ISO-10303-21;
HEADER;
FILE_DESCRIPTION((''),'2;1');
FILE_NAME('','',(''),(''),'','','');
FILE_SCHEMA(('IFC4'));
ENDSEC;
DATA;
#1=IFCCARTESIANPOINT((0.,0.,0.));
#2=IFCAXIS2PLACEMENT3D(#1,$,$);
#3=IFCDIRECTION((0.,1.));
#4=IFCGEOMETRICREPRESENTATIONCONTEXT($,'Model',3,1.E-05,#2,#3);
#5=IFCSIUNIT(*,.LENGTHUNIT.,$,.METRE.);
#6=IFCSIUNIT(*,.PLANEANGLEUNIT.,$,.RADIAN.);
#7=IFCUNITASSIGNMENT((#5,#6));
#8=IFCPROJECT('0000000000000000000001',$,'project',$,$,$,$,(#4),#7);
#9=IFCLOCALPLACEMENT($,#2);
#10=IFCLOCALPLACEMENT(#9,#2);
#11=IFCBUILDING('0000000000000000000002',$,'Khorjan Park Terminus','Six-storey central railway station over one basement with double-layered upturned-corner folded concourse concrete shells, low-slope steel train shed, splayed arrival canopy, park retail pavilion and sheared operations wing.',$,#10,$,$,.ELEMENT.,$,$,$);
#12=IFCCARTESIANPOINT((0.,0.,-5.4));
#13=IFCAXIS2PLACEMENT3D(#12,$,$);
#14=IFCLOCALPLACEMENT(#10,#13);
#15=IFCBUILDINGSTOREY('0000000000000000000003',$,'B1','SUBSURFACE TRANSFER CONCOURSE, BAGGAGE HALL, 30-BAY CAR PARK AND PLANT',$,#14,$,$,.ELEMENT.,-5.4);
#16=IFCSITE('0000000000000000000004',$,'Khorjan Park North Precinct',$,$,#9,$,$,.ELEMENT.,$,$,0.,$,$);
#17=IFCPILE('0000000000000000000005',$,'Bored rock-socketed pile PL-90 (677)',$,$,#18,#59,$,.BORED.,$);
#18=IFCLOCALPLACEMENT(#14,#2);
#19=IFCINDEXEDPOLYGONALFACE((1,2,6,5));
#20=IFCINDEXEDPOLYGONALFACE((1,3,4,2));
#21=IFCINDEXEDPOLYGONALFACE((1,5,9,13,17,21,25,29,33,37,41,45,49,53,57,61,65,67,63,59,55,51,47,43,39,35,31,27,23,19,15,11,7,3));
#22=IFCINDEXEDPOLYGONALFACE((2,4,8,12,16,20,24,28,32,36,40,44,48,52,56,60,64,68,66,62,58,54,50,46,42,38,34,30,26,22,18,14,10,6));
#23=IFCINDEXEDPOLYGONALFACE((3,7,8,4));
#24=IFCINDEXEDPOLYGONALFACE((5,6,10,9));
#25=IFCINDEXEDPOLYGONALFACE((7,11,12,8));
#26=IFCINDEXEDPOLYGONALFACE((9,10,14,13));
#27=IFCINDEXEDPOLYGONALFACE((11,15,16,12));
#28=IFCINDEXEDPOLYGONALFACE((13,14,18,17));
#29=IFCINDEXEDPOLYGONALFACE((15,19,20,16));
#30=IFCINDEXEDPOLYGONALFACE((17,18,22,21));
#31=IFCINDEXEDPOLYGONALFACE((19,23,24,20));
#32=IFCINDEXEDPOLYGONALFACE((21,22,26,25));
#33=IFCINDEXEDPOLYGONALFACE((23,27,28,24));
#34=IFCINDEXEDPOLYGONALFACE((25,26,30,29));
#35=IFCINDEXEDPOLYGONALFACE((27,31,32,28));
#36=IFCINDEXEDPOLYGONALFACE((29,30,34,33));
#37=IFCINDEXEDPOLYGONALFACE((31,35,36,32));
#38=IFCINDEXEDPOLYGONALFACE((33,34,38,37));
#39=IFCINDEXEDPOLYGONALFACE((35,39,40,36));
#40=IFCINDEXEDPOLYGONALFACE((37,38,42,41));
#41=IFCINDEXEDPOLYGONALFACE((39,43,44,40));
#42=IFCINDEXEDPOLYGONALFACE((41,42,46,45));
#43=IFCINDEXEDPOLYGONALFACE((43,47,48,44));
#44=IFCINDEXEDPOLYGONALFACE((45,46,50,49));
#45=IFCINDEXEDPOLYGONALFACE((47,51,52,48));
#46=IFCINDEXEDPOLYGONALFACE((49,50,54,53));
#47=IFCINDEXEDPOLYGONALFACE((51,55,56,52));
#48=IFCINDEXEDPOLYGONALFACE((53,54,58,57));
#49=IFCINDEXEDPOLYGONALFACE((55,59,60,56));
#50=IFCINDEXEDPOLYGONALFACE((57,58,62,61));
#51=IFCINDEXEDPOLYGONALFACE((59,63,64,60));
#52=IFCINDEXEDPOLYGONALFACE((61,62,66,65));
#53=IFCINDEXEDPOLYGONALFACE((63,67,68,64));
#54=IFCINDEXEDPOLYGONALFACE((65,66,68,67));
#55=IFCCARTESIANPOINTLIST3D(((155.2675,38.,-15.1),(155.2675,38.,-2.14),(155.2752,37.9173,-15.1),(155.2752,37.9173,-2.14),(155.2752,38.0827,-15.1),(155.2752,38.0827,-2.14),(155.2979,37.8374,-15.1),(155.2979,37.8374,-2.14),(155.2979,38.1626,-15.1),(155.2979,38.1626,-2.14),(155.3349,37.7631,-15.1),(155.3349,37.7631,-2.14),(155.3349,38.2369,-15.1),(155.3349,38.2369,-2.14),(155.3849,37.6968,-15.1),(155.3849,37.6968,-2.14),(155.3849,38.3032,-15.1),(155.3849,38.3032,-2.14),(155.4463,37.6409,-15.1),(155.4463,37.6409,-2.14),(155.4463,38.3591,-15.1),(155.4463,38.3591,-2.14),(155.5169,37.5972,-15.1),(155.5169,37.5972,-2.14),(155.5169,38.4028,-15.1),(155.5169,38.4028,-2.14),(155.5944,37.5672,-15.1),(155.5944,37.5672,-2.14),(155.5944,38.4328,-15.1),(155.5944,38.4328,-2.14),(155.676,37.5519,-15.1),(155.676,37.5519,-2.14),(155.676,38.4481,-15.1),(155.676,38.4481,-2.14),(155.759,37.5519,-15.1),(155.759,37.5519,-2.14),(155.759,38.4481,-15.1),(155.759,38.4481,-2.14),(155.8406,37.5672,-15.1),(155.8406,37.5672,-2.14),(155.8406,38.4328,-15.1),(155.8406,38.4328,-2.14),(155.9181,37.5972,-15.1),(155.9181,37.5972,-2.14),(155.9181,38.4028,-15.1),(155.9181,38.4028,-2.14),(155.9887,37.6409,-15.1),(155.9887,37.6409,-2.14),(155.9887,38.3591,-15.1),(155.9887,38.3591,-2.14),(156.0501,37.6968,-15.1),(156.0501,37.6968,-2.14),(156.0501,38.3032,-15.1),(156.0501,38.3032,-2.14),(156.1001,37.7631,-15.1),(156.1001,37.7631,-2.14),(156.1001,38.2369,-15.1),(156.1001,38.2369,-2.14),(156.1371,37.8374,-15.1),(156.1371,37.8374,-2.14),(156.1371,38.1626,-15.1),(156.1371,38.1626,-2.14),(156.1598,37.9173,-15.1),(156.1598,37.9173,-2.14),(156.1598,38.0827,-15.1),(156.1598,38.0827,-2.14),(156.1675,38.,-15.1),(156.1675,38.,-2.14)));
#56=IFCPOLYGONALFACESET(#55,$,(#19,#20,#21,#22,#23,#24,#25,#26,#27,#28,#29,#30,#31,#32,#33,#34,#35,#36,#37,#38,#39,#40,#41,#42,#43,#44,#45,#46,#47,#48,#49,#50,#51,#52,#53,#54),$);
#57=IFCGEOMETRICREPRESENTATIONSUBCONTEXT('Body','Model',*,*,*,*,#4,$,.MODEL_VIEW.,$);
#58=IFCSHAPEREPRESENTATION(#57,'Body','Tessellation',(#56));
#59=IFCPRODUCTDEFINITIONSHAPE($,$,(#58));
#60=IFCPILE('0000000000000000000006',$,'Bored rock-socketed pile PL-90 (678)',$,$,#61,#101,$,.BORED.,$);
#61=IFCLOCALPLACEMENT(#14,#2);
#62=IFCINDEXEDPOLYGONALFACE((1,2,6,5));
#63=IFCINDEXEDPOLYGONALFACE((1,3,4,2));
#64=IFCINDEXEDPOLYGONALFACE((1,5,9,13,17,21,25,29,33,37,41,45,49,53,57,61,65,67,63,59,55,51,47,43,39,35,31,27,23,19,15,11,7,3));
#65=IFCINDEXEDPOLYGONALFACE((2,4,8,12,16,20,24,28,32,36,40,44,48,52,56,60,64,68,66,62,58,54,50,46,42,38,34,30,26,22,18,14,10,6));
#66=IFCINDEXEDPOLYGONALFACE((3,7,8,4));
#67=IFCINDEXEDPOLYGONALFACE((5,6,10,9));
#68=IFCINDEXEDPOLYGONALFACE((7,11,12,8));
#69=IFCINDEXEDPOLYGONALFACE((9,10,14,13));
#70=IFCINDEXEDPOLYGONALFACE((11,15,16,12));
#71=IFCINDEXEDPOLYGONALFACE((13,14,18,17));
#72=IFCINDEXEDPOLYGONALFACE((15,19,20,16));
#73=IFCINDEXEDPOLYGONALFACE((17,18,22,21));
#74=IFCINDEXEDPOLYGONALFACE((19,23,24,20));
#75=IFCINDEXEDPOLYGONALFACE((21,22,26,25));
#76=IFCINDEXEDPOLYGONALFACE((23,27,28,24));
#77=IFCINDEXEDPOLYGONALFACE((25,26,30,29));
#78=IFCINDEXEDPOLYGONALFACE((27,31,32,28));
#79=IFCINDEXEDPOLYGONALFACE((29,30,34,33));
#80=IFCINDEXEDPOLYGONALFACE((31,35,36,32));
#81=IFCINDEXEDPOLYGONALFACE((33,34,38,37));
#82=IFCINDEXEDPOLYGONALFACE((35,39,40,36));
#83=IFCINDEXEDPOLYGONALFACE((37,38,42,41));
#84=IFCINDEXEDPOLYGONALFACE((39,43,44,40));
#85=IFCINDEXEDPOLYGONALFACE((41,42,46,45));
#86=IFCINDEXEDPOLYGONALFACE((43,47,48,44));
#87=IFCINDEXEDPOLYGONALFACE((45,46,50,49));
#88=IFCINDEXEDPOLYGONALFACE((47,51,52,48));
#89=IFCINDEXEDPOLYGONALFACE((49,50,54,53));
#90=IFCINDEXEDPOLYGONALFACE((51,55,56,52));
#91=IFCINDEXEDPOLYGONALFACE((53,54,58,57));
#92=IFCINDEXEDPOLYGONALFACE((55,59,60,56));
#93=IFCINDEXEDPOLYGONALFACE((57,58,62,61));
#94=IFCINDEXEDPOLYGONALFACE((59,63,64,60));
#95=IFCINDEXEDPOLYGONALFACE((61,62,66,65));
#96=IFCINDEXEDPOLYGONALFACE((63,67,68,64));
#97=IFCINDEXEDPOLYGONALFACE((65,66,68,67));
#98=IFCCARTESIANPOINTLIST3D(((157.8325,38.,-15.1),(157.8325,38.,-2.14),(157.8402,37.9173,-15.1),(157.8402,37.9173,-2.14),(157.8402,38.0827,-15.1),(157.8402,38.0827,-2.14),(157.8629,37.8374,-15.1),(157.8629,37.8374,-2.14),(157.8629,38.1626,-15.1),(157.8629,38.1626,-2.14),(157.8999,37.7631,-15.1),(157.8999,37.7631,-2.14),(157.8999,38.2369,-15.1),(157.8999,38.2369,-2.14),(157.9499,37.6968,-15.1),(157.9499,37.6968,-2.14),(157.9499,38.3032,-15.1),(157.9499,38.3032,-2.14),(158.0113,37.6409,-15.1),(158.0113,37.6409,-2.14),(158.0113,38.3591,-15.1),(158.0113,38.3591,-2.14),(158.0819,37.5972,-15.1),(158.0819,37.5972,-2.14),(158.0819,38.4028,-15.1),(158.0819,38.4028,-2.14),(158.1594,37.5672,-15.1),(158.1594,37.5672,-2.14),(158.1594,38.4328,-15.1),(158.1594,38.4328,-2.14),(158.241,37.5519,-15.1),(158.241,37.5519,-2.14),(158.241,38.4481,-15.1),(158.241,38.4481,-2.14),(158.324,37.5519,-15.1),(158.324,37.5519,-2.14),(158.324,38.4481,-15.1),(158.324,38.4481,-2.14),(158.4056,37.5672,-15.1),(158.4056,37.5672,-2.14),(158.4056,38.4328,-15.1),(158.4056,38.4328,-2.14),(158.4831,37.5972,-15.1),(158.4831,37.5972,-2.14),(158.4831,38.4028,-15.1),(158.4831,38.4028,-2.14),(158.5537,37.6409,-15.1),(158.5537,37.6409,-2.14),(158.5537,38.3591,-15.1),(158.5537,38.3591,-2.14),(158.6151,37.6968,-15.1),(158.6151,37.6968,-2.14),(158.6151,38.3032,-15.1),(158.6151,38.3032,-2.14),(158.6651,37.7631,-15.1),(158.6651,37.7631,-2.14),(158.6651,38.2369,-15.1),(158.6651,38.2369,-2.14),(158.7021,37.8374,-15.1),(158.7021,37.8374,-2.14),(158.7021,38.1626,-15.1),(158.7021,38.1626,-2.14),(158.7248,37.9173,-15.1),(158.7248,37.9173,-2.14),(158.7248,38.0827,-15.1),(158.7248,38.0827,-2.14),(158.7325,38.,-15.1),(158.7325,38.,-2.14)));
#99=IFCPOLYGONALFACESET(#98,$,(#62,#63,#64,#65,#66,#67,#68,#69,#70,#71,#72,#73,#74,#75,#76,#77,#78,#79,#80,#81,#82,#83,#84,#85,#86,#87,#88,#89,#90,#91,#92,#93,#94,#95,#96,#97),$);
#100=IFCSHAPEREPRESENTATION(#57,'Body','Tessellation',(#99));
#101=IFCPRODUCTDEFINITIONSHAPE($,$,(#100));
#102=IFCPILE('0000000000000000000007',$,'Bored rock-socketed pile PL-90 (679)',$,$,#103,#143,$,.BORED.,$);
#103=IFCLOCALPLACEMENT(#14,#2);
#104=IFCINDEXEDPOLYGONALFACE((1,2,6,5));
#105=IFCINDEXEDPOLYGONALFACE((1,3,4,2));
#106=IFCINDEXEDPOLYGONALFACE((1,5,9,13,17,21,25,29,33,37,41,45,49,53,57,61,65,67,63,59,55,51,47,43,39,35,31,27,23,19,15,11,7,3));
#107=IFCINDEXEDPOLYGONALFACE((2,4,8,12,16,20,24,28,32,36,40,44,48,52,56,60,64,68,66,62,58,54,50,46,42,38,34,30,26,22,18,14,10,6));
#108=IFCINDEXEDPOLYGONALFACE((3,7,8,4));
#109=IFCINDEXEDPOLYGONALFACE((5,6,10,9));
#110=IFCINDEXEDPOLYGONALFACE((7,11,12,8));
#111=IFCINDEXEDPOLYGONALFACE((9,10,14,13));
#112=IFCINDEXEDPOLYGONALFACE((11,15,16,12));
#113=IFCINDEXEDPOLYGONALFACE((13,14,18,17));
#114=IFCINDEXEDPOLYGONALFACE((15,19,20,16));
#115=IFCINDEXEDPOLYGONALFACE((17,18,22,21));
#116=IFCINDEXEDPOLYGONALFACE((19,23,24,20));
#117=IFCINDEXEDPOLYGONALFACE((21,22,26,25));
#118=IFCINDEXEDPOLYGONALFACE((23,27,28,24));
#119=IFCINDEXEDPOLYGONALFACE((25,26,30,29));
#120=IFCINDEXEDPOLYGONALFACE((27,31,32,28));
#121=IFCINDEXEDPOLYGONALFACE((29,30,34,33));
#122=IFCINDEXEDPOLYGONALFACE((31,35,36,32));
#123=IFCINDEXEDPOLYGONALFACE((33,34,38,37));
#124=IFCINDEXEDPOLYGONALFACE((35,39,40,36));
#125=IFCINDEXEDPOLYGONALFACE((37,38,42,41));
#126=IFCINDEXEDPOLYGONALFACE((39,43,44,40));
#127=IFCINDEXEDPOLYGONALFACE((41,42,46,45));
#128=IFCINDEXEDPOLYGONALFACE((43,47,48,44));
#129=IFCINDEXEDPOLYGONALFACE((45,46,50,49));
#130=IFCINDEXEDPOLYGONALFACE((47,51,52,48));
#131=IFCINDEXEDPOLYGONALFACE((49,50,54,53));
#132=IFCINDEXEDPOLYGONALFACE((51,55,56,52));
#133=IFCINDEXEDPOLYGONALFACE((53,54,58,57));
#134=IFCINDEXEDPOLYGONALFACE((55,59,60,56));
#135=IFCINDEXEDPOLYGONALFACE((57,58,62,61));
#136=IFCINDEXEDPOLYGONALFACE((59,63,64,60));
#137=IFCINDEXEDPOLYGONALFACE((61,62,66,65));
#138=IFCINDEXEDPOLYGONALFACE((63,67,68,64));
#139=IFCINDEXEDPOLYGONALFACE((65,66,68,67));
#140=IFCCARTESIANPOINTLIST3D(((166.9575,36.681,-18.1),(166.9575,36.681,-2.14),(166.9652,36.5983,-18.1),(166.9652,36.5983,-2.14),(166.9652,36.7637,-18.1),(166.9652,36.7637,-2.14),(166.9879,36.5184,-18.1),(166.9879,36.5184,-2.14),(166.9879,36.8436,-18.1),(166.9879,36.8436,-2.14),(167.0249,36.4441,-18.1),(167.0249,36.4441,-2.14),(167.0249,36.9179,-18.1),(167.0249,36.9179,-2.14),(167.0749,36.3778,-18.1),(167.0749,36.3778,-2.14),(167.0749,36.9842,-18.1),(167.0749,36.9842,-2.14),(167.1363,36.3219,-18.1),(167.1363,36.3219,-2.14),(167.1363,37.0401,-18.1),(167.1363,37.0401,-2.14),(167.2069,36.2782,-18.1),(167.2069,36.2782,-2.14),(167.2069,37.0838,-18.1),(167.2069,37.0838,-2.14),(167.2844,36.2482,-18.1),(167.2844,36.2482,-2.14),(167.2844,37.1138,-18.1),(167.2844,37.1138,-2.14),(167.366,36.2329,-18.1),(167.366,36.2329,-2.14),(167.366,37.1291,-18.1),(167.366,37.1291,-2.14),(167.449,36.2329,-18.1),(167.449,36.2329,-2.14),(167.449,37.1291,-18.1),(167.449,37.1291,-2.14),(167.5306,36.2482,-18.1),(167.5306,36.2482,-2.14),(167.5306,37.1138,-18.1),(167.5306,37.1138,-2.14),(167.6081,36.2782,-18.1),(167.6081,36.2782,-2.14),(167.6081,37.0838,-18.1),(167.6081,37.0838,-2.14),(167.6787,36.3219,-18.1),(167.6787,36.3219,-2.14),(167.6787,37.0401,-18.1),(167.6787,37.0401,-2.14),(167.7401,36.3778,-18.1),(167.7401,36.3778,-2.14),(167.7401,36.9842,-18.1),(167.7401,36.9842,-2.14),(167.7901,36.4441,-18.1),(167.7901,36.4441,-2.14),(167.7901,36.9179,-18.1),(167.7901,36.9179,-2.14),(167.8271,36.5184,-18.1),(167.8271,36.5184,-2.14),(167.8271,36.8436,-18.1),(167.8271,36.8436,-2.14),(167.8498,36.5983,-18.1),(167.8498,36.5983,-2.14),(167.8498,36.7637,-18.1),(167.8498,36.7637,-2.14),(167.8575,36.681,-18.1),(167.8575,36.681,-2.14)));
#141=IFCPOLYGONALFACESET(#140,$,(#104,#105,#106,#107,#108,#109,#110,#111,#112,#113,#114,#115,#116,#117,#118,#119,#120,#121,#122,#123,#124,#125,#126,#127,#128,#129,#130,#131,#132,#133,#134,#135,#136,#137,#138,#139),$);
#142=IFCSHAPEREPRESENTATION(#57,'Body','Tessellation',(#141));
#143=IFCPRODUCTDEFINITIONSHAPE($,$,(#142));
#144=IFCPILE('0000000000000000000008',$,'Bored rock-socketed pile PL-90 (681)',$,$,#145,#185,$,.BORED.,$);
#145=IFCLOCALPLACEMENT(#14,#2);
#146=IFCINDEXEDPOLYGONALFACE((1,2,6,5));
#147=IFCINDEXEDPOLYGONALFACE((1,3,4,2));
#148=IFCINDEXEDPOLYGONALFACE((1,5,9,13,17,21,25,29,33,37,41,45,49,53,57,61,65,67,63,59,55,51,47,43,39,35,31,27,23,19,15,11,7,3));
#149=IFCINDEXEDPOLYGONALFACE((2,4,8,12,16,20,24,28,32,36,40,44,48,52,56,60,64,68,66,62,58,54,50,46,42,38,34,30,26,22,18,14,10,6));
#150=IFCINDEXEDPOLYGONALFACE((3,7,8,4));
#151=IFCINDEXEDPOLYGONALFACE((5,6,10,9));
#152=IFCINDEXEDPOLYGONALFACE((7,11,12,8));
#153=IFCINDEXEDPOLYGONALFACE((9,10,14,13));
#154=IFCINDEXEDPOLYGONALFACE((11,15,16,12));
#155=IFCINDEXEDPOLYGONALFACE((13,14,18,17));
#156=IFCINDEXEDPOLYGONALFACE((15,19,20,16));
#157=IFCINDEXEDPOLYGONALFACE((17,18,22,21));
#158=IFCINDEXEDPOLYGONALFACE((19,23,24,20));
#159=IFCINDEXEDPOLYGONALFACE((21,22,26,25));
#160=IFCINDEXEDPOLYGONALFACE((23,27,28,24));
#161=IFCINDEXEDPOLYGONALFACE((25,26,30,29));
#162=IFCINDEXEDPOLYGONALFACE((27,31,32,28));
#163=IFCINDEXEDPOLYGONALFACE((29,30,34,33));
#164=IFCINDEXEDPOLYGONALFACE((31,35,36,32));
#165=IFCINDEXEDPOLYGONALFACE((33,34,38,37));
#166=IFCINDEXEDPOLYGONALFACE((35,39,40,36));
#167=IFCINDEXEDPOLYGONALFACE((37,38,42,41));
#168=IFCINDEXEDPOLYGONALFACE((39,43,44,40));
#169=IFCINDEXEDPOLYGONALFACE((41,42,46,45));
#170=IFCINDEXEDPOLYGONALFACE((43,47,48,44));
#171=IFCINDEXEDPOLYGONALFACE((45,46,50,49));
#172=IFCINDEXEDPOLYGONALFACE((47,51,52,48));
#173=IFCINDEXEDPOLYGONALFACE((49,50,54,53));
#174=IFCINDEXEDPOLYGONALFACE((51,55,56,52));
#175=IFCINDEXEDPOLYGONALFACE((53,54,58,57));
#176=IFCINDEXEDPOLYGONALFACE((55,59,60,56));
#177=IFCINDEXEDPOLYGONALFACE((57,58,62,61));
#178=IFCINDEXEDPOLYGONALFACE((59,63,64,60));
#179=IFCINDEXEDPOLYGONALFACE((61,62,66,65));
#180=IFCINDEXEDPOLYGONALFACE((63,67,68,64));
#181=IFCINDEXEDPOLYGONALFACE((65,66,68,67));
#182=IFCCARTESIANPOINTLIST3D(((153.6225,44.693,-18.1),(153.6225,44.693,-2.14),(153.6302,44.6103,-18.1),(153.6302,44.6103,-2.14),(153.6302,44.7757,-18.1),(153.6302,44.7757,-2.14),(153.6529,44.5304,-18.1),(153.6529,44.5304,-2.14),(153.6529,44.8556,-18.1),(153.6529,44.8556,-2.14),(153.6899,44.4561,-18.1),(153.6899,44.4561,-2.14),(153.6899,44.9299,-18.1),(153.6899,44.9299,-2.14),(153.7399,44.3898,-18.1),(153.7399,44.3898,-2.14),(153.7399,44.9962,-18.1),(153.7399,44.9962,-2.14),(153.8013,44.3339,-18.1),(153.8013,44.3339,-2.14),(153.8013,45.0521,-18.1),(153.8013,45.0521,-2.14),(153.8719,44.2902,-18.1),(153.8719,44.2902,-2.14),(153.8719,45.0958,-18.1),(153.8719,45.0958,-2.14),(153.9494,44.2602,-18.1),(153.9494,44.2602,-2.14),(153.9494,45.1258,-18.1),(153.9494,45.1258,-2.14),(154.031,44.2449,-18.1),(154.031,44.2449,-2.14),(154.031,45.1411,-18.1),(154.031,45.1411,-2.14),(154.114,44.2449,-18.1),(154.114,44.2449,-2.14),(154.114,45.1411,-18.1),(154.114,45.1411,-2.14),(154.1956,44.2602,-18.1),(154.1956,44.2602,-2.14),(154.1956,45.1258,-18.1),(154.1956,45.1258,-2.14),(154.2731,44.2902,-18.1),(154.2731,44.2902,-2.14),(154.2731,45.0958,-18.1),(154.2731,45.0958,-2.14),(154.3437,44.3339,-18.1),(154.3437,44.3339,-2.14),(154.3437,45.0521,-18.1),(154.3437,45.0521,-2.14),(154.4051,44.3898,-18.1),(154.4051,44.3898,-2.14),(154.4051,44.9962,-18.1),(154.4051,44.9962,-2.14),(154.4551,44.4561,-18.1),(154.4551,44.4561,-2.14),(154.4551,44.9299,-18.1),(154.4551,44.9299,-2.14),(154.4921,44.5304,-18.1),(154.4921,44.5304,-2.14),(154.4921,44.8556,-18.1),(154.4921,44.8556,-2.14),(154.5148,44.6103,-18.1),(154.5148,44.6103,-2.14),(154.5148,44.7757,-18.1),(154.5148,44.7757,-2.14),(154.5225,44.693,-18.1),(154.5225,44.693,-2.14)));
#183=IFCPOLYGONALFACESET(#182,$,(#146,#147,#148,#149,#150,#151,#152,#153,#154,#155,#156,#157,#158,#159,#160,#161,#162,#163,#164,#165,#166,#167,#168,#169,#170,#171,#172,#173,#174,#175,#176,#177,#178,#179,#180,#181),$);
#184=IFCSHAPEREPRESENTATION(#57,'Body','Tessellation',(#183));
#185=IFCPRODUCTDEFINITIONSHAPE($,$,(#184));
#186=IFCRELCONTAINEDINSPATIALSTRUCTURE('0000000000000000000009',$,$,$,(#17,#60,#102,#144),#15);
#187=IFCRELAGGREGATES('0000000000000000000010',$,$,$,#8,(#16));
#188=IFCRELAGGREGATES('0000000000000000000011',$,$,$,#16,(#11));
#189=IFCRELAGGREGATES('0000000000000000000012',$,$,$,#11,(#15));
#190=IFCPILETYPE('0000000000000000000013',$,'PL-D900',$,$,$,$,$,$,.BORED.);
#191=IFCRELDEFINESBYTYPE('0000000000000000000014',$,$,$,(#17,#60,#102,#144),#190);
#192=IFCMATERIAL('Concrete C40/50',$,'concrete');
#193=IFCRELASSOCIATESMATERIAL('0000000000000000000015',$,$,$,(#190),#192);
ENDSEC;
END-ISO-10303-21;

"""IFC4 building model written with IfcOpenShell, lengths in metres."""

from ifc_helpers import new_model, si_unit, direction, frame, origin, origin_2d, place, context, subcontext, project, spatial, circle, extrude, material, material_profile, profile_set, type_object, element, save


model = new_model("IFC4")

# Units and contexts
model_context = context("Model", 3, precision=1e-05, world=origin(), true_north=direction((0.0, 1.0)))
body_context = subcontext(model_context, "Body", "Model", "MODEL_VIEW")
ifc_project = project(units=[si_unit("LENGTHUNIT", "METRE"), si_unit("PLANEANGLEUNIT", "RADIAN")], contexts=[model_context])

# Site, building, storey
site_placement = place(None, origin())
site = spatial("IfcSite", under=ifc_project, at=site_placement, Name="Khorjan Park North Precinct", CompositionType="ELEMENT", RefElevation=0.0)
building_placement = place(site_placement, origin())
building = spatial("IfcBuilding", under=site, at=building_placement, Name="Khorjan Park Terminus", Description="Six-storey central railway station over one basement with double-layered upturned-corner folded concourse concrete shells, low-slope steel train shed, splayed arrival canopy, park retail pavilion and sheared operations wing.", CompositionType="ELEMENT")
storey_placement = place(building_placement, frame((0.0, 0.0, -5.4)))
storey = spatial("IfcBuildingStorey", under=building, at=storey_placement, Name="B1", Description="SUBSURFACE TRANSFER CONCOURSE, BAGGAGE HALL, 30-BAY CAR PARK AND PLANT", CompositionType="ELEMENT", Elevation=-5.4)

# Piles
ifc_material_1 = material(Name="Concrete C40/50", Category="concrete")
ifc_material_profile_1 = material_profile(ifc_material_1, circle(Radius=0.45, at=origin_2d()), Name="BORED D900")
ifc_profile_set_1 = profile_set([ifc_material_profile_1], Name="Concrete C40/50")
pile_type_1 = type_object("IfcPileType", Name="PL-D900", PredefinedType="BORED", material=ifc_profile_set_1)
for number, where, z_axis, x_axis, name in (
    (1, (155.7175, 38.0, -2.14), (0.0, 0.0, -1.0), (1.0, 0.0, 0.0), "Bored rock-socketed pile PL-90 (677)"),
    (2, (158.2825, 38.0, -2.14), (0.0, 0.0, -1.0), (1.0, 0.0, 0.0), "Bored rock-socketed pile PL-90 (678)"),
):
    element("IfcPile", number, at=place(storey_placement, frame(where, z_axis=z_axis, x_axis=x_axis)), inside=storey, type_object=pile_type_1, Name=name, PredefinedType="BORED", context=body_context, shape_type="SweptSolid", body=[
        extrude(circle(Radius=0.45, at=origin_2d()), origin(), (0.0, 0.0, 1.0), 12.96),
    ])
for number, where, z_axis, x_axis, name in (
    (3, (167.4075, 36.681, -2.14), (0.0, 0.0, -1.0), (1.0, 0.0, 0.0), "Bored rock-socketed pile PL-90 (679)"),
    (4, (154.0725, 44.693, -2.14), (0.0, 0.0, -1.0), (1.0, 0.0, 0.0), "Bored rock-socketed pile PL-90 (681)"),
):
    element("IfcPile", number, at=place(storey_placement, frame(where, z_axis=z_axis, x_axis=x_axis)), inside=storey, type_object=pile_type_1, Name=name, PredefinedType="BORED", context=body_context, shape_type="SweptSolid", body=[
        extrude(circle(Radius=0.45, at=origin_2d()), origin(), (0.0, 0.0, 1.0), 15.96),
    ])

save(model, "model.ifc")
